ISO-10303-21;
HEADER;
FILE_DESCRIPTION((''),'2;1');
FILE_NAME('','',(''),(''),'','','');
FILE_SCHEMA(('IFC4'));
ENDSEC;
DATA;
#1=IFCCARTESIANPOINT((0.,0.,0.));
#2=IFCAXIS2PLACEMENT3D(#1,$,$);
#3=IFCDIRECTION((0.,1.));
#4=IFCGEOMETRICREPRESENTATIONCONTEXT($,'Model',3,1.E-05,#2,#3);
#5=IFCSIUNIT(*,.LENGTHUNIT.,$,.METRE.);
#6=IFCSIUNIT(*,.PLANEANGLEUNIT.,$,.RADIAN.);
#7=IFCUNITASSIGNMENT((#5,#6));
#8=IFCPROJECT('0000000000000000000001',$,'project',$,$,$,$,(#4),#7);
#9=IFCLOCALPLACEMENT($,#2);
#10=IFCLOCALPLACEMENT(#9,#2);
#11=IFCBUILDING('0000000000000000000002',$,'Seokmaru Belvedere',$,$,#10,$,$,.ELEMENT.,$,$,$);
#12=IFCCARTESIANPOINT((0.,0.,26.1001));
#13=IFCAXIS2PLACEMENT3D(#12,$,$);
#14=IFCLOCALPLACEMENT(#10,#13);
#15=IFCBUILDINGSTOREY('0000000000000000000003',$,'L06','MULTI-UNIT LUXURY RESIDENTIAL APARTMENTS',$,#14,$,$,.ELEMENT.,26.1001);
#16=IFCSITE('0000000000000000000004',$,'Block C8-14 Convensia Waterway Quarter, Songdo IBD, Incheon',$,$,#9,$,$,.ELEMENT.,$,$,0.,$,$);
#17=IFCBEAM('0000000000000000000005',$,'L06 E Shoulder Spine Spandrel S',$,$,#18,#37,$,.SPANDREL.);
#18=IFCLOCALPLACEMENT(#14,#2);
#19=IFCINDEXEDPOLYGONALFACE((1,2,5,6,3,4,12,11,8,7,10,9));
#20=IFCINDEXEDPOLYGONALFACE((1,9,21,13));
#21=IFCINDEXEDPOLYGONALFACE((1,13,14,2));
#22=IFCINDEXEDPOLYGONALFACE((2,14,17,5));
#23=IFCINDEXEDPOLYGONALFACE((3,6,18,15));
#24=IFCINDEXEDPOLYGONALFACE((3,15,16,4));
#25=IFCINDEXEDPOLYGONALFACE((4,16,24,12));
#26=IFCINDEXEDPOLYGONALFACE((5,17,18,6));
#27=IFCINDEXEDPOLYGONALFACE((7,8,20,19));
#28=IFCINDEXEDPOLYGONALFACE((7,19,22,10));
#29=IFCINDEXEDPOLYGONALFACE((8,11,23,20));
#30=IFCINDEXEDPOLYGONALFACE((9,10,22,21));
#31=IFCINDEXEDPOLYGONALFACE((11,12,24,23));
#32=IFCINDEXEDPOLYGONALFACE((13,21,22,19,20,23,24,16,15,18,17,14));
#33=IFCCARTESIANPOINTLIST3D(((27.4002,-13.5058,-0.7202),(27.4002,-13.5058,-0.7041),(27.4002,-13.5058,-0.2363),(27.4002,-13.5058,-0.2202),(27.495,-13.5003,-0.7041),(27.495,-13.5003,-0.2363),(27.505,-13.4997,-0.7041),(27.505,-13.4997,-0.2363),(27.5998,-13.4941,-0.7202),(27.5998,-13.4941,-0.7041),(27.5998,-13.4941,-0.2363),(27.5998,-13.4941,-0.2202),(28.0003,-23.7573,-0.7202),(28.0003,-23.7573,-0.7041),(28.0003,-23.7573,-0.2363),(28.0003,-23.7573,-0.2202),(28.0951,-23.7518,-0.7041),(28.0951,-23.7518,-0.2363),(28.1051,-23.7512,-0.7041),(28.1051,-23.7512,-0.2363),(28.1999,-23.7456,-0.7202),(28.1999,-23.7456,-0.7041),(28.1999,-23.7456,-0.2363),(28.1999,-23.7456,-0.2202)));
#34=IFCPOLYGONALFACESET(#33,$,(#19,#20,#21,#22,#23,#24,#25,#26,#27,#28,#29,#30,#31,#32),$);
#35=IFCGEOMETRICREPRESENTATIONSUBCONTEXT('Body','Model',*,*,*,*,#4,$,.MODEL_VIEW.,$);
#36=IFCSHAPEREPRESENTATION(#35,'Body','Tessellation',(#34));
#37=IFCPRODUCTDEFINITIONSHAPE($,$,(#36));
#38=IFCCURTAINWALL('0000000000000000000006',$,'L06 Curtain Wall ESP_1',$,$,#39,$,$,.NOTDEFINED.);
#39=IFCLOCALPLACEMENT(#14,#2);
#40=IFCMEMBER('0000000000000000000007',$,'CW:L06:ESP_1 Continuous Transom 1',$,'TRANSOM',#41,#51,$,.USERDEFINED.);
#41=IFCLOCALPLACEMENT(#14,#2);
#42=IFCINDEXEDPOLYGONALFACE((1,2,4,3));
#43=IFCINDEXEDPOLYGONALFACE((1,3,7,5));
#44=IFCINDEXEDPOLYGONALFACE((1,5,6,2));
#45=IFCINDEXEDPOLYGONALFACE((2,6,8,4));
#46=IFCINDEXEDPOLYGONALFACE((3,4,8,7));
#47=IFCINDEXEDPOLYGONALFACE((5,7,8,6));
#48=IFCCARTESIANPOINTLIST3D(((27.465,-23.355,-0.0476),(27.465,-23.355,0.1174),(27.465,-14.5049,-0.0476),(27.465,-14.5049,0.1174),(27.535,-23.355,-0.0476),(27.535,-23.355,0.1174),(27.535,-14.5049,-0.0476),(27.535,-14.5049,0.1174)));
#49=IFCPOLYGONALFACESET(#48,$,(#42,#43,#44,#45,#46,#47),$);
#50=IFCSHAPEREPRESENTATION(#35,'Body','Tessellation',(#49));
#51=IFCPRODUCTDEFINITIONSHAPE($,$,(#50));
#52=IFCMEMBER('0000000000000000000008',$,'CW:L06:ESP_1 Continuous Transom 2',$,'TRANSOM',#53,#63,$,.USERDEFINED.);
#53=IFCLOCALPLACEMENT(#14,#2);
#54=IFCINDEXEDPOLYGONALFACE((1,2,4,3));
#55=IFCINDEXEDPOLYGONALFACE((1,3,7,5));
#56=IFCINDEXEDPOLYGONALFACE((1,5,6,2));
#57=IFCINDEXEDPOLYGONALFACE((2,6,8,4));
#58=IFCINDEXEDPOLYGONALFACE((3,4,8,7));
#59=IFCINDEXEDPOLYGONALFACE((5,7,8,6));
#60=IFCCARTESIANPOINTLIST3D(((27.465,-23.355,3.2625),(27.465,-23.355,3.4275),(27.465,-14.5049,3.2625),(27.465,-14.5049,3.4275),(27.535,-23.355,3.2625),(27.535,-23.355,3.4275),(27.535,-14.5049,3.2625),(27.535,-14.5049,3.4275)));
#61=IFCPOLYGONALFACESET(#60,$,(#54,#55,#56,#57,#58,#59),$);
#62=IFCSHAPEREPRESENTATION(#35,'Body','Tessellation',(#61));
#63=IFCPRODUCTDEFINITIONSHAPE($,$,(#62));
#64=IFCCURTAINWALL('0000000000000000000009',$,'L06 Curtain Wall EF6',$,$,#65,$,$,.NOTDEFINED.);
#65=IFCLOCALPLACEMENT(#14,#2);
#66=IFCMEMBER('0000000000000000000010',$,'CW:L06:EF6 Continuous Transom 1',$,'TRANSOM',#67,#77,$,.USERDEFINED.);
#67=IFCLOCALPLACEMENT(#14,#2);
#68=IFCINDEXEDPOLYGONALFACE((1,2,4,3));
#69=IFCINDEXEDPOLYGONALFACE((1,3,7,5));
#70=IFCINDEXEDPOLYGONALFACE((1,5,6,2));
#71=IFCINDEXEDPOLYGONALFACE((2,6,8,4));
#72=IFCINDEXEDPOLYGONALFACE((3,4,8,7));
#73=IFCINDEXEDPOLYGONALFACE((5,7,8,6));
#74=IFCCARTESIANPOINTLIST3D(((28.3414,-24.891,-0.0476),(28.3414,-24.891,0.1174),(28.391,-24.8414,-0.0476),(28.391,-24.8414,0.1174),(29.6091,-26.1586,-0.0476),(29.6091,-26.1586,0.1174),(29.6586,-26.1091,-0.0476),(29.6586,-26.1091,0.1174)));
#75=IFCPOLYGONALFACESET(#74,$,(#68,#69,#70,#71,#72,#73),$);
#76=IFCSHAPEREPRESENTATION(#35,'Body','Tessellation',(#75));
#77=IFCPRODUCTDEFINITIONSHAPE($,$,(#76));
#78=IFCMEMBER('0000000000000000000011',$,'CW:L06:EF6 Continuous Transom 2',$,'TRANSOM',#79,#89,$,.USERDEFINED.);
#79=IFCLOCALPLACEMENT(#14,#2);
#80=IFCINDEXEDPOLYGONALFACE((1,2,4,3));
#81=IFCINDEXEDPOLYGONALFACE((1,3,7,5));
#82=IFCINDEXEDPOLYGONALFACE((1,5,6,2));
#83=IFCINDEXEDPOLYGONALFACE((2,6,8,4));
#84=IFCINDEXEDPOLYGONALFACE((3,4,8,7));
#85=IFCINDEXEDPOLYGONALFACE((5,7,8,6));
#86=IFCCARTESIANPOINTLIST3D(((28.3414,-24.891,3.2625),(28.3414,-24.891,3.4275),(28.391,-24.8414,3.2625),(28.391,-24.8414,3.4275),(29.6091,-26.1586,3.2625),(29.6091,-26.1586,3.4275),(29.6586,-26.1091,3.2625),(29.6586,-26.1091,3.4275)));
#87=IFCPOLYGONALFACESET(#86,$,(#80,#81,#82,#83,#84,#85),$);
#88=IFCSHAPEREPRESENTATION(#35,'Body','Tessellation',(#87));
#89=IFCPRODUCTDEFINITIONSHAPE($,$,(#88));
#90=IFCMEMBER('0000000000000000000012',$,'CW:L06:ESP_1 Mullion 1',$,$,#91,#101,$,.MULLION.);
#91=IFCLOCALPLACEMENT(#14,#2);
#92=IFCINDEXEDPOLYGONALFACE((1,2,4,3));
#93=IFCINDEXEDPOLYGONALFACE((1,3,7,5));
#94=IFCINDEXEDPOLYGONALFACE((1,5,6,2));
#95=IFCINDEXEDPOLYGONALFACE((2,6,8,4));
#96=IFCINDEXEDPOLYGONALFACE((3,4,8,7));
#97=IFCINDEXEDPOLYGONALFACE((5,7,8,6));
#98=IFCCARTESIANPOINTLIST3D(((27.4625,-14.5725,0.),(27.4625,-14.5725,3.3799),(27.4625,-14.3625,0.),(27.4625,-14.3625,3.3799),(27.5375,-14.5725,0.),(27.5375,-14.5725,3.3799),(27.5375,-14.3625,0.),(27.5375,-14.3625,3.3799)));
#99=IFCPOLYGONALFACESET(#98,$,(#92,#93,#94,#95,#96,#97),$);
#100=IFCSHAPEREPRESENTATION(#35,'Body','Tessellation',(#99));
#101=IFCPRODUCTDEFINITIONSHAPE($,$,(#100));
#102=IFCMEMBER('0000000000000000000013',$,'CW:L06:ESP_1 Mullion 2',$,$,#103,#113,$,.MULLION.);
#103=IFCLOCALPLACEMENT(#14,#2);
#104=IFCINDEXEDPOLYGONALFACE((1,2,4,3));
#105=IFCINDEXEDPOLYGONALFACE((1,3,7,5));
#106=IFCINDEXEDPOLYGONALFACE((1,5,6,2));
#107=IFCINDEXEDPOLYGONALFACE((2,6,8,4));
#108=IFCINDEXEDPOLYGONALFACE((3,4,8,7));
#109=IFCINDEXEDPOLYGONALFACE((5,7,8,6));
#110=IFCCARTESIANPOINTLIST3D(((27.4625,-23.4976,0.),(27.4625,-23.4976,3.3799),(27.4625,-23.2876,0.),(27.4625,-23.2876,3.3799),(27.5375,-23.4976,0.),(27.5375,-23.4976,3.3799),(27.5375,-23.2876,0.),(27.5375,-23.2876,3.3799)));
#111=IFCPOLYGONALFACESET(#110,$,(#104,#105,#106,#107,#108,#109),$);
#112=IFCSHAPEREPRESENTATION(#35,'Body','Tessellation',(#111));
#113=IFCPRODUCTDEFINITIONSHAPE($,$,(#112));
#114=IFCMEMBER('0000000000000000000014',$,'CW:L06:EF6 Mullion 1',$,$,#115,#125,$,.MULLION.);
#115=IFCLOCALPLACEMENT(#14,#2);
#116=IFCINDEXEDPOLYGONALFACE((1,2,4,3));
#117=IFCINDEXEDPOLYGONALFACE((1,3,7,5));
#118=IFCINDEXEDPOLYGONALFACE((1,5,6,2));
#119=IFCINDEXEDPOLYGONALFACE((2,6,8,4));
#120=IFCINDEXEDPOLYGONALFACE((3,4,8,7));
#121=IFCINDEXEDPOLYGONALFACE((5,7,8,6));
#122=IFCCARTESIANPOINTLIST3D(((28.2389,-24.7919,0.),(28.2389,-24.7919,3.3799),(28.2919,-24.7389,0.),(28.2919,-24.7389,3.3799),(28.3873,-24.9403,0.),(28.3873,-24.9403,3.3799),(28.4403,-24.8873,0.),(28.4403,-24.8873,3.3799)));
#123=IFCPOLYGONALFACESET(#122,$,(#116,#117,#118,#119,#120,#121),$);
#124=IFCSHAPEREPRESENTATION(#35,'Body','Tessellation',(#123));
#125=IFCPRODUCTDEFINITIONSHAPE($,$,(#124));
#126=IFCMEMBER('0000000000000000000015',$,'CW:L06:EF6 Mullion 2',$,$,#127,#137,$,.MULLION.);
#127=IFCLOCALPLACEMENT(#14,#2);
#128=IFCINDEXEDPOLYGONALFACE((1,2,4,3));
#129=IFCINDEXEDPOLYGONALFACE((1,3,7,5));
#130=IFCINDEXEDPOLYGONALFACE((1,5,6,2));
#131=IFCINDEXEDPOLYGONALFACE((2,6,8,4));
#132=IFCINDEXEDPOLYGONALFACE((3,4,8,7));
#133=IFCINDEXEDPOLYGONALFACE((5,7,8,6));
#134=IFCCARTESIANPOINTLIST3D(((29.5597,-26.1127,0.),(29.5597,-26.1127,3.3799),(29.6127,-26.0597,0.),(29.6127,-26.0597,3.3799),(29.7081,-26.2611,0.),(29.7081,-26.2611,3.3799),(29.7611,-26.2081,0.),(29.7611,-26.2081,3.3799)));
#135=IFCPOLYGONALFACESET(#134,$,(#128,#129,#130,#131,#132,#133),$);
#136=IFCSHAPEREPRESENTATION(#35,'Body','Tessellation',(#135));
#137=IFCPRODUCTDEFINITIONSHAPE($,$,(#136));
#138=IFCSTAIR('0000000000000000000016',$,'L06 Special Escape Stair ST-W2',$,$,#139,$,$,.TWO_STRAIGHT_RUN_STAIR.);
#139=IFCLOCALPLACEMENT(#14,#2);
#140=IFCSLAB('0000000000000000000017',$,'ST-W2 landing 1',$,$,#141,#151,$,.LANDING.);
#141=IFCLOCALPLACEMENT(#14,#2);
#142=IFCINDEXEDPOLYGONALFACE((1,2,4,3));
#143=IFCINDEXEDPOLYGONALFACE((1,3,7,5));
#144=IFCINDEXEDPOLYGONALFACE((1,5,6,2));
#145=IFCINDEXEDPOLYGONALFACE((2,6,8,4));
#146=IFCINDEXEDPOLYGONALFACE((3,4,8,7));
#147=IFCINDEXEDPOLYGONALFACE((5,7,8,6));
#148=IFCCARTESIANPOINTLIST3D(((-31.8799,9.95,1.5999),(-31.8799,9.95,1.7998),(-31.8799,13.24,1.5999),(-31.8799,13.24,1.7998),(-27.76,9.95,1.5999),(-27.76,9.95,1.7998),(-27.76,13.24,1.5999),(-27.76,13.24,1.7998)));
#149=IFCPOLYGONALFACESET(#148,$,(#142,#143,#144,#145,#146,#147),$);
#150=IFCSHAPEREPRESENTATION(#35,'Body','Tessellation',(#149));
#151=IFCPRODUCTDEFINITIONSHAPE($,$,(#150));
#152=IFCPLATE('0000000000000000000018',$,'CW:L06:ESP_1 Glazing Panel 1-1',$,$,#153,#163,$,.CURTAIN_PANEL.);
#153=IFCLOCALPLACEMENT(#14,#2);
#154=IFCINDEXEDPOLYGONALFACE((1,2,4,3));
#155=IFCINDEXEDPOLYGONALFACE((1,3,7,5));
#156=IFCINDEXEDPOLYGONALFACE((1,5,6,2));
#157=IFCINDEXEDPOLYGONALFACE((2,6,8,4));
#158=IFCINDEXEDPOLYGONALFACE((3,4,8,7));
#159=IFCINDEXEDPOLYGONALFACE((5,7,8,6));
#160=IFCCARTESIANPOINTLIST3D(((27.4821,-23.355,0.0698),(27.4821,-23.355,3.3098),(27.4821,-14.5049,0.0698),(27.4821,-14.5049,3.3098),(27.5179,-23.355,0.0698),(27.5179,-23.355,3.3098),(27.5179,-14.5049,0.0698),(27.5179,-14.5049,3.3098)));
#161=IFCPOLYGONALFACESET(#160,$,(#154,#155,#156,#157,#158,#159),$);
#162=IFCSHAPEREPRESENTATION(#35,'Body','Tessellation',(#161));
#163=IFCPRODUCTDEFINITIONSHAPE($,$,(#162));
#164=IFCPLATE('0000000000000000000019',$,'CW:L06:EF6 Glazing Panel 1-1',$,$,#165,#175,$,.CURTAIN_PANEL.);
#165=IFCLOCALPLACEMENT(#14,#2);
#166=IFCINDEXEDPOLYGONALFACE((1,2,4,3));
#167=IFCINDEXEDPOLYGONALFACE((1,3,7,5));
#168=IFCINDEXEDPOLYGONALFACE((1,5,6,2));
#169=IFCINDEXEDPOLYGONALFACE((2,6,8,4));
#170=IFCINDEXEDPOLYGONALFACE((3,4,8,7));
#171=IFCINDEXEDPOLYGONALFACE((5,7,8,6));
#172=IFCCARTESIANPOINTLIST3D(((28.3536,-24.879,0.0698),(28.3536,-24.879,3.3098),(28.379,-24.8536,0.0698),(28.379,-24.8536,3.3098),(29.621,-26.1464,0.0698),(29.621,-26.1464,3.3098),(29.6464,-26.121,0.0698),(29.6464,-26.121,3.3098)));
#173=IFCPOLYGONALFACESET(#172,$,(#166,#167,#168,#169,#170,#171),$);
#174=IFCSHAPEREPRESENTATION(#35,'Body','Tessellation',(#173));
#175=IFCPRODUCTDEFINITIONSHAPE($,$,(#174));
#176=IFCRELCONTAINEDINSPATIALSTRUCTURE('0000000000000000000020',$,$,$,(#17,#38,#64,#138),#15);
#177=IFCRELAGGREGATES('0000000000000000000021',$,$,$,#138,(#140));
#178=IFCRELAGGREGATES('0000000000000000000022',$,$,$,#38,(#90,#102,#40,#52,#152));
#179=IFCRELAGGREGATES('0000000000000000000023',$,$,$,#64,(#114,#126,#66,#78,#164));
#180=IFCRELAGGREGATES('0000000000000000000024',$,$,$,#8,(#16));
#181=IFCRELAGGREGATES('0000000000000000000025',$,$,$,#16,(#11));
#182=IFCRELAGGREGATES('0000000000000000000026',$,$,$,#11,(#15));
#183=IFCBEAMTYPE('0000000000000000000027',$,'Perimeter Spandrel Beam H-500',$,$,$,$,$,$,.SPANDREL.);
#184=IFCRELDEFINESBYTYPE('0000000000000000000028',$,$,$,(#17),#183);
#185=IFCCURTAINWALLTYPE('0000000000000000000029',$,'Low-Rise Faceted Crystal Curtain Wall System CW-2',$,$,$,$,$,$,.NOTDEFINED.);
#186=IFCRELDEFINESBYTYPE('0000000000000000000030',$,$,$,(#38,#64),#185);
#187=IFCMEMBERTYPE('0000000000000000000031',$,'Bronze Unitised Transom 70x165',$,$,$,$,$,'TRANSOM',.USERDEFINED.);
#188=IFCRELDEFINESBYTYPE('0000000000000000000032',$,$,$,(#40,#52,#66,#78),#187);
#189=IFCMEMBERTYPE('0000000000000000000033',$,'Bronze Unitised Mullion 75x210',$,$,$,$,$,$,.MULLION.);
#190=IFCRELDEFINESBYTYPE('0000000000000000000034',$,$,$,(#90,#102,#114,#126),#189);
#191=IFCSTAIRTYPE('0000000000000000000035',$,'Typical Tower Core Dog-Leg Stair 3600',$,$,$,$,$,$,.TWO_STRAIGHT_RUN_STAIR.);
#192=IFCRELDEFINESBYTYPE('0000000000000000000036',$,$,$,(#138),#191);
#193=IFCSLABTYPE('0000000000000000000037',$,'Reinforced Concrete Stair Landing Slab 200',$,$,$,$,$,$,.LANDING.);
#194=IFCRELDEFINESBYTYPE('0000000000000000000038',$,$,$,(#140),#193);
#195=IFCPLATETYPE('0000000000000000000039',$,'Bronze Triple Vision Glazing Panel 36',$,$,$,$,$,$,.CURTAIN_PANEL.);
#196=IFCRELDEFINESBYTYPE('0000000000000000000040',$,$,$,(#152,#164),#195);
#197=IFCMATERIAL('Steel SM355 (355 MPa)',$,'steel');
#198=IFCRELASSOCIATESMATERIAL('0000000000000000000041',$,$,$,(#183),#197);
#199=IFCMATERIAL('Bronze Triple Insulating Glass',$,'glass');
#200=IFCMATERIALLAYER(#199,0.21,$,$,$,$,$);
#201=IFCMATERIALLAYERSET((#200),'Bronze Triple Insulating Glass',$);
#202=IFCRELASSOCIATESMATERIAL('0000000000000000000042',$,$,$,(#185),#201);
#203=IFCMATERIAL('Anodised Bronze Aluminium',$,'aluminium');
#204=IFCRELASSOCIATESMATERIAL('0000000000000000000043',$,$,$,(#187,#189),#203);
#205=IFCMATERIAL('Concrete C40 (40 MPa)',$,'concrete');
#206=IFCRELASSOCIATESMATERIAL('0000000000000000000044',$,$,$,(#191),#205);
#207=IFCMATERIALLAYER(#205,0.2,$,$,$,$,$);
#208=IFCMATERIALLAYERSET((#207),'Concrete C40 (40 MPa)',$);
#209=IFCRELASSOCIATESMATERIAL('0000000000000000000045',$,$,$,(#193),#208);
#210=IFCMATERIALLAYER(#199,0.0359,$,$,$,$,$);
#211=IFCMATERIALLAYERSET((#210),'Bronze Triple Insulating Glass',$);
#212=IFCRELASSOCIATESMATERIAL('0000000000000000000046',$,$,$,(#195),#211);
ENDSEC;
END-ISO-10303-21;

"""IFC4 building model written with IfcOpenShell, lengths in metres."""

from ifc_helpers import new_model, si_unit, direction, frame, origin, origin_2d, place, context, subcontext, project, spatial, polyline, rectangle, i_section, outline, extrude, source, transform, mapped, material, layer, layer_set, material_profile, profile_set, type_object, type_shapes, element, aggregate, save


model = new_model("IFC4")

# Units and contexts
model_context = context("Model", 3, precision=1e-05, world=origin(), true_north=direction((0.0, 1.0)))
body_context = subcontext(model_context, "Body", "Model", "MODEL_VIEW")
ifc_project = project(units=[si_unit("LENGTHUNIT", "METRE"), si_unit("PLANEANGLEUNIT", "RADIAN")], contexts=[model_context])

# Site, building, storey
site_placement = place(None, origin())
site = spatial("IfcSite", under=ifc_project, at=site_placement, Name="Block C8-14 Convensia Waterway Quarter, Songdo IBD, Incheon", CompositionType="ELEMENT", RefElevation=0.0)
building_placement = place(site_placement, origin())
building = spatial("IfcBuilding", under=site, at=building_placement, Name="Seokmaru Belvedere", CompositionType="ELEMENT")
storey_placement = place(building_placement, frame((0.0, 0.0, 26.1001)))
storey = spatial("IfcBuildingStorey", under=building, at=storey_placement, Name="L06", Description="MULTI-UNIT LUXURY RESIDENTIAL APARTMENTS", CompositionType="ELEMENT", Elevation=26.1001)

# Shared definitions
ifc_material_1 = material(Name="Steel SM355 (355 MPa)", Category="steel")

# Beam
ifc_material_profile_1 = material_profile(ifc_material_1, i_section(OverallWidth=0.2, OverallDepth=0.5, WebThickness=0.01, FlangeThickness=0.0161, at=origin_2d()), Name="H-500x200x10x16")
ifc_profile_set_1 = profile_set([ifc_material_profile_1], Name="Steel SM355 (355 MPa)")
beam_type_1 = type_object("IfcBeamType", Name="Perimeter Spandrel Beam H-500", PredefinedType="SPANDREL", material=ifc_profile_set_1)
shared_shape_1 = source(origin(), body_context, "Body", "SweptSolid", [
    extrude(i_section(OverallWidth=0.2, OverallDepth=0.5, WebThickness=0.01, FlangeThickness=0.0161, at=origin_2d()), origin(), (0.0, 0.0, 1.0), 10.269),
])
beam_1_placement = place(storey_placement, frame((28.1001, -23.7515, -0.4702), z_axis=(-0.058438, 0.998291, 0.0), x_axis=(-0.998291, -0.058438, 0.0)))
element("IfcBeam", 1, at=beam_1_placement, inside=storey, type_object=beam_type_1, Name="L06 E Shoulder Spine Spandrel S", PredefinedType="SPANDREL", context=body_context, shape_type="MappedRepresentation", body=[
    mapped(shared_shape_1, transform((0.0, 0.0, 0.0), scale=1.0)),
])

# Curtain walls, members
ifc_material_2 = material(Name="Bronze Triple Insulating Glass", Category="glass")
ifc_layer_1 = layer(ifc_material_2, 0.21)
ifc_layer_set_1 = layer_set([ifc_layer_1], Name="Bronze Triple Insulating Glass")
curtain_wall_type = type_object("IfcCurtainWallType", Name="Low-Rise Faceted Crystal Curtain Wall System CW-2", PredefinedType="NOTDEFINED", material=ifc_layer_set_1)
curtain_wall_1_placement = place(storey_placement, origin())
curtain_wall_1 = element("IfcCurtainWall", 2, at=curtain_wall_1_placement, inside=storey, type_object=curtain_wall_type, Name="L06 Curtain Wall ESP_1", PredefinedType="NOTDEFINED")
ifc_material_3 = material(Name="Anodised Bronze Aluminium", Category="aluminium")
ifc_material_profile_2 = material_profile(ifc_material_3, rectangle(XDim=0.0701, YDim=0.165, at=origin_2d()), Name="CW-T-70x165")
ifc_profile_set_2 = profile_set([ifc_material_profile_2], Name="Anodised Bronze Aluminium")
member_type_1 = type_object("IfcMemberType", Name="Bronze Unitised Transom 70x165", ElementType="TRANSOM", PredefinedType="USERDEFINED", material=ifc_profile_set_2)
shared_shape_2 = source(origin(), body_context, "Body", "SweptSolid", [
    extrude(rectangle(XDim=0.0701, YDim=0.165, at=origin_2d()), origin(), (0.0, 0.0, 1.0), 8.8501),
])
member_1_placement = place(storey_placement, frame((27.5, -14.5049, 0.0349), z_axis=(0.0, -1.0, 0.0), x_axis=(1.0, 0.0, 0.0)))
member_1 = element("IfcMember", 3, at=member_1_placement, type_object=member_type_1, Name="CW:L06:ESP_1 Continuous Transom 1", ObjectType="TRANSOM", PredefinedType="USERDEFINED", context=body_context, shape_type="MappedRepresentation", body=[
    mapped(shared_shape_2, transform((0.0, 0.0, 0.0), scale=1.0)),
])
member_2_placement = place(storey_placement, frame((27.5, -14.5049, 3.345), z_axis=(0.0, -1.0, 0.0), x_axis=(1.0, 0.0, 0.0)))
member_2 = element("IfcMember", 4, at=member_2_placement, type_object=member_type_1, Name="CW:L06:ESP_1 Continuous Transom 2", ObjectType="TRANSOM", PredefinedType="USERDEFINED", context=body_context, shape_type="MappedRepresentation", body=[
    mapped(shared_shape_2, transform((0.0, 0.0, 0.0), scale=1.0)),
])
curtain_wall_2_placement = place(storey_placement, origin())
curtain_wall_2 = element("IfcCurtainWall", 5, at=curtain_wall_2_placement, inside=storey, type_object=curtain_wall_type, Name="L06 Curtain Wall EF6", PredefinedType="NOTDEFINED")
shared_shape_3 = source(origin(), body_context, "Body", "SweptSolid", [
    extrude(rectangle(XDim=0.0701, YDim=0.165, at=origin_2d()), origin(), (0.0, 0.0, 1.0), 1.7927),
])
type_shapes(member_type_1, [shared_shape_2, shared_shape_3])
member_3_placement = place(storey_placement, frame((28.3662, -24.8662, 0.0349), z_axis=(0.707107, -0.707107, 0.0), x_axis=(0.707107, 0.707107, 0.0)))
member_3 = element("IfcMember", 6, at=member_3_placement, type_object=member_type_1, Name="CW:L06:EF6 Continuous Transom 1", ObjectType="TRANSOM", PredefinedType="USERDEFINED", context=body_context, shape_type="MappedRepresentation", body=[
    mapped(shared_shape_3, transform((0.0, 0.0, 0.0), scale=1.0)),
])
member_4_placement = place(storey_placement, frame((28.3662, -24.8662, 3.345), z_axis=(0.707107, -0.707107, 0.0), x_axis=(0.707107, 0.707107, 0.0)))
member_4 = element("IfcMember", 7, at=member_4_placement, type_object=member_type_1, Name="CW:L06:EF6 Continuous Transom 2", ObjectType="TRANSOM", PredefinedType="USERDEFINED", context=body_context, shape_type="MappedRepresentation", body=[
    mapped(shared_shape_3, transform((0.0, 0.0, 0.0), scale=1.0)),
])

# Members
ifc_material_profile_3 = material_profile(ifc_material_3, rectangle(XDim=0.075, YDim=0.21, at=origin_2d()), Name="CW-M-75x210")
ifc_profile_set_3 = profile_set([ifc_material_profile_3], Name="Anodised Bronze Aluminium")
member_type_2 = type_object("IfcMemberType", Name="Bronze Unitised Mullion 75x210", PredefinedType="MULLION", material=ifc_profile_set_3)
shared_shape_4 = source(origin(), body_context, "Body", "SweptSolid", [
    extrude(rectangle(XDim=0.075, YDim=0.21, at=origin_2d()), origin(), (0.0, 0.0, 1.0), 3.3799),
])
type_shapes(member_type_2, [shared_shape_4])
member_5_placement = place(storey_placement, frame((27.5, -14.4675, 0.0), z_axis=(0.0, 0.0, 1.0), x_axis=(1.0, 0.0, 0.0)))
member_5 = element("IfcMember", 8, at=member_5_placement, type_object=member_type_2, Name="CW:L06:ESP_1 Mullion 1", PredefinedType="MULLION", context=body_context, shape_type="MappedRepresentation", body=[
    mapped(shared_shape_4, transform((0.0, 0.0, 0.0), scale=1.0)),
])
member_6_placement = place(storey_placement, frame((27.5, -23.3926, 0.0), z_axis=(0.0, 0.0, 1.0), x_axis=(1.0, 0.0, 0.0)))
member_6 = element("IfcMember", 9, at=member_6_placement, type_object=member_type_2, Name="CW:L06:ESP_1 Mullion 2", PredefinedType="MULLION", context=body_context, shape_type="MappedRepresentation", body=[
    mapped(shared_shape_4, transform((0.0, 0.0, 0.0), scale=1.0)),
])
member_7_placement = place(storey_placement, frame((28.3396, -24.8396, 0.0), z_axis=(0.0, 0.0, 1.0), x_axis=(0.707107, 0.707107, 0.0)))
member_7 = element("IfcMember", 10, at=member_7_placement, type_object=member_type_2, Name="CW:L06:EF6 Mullion 1", PredefinedType="MULLION", context=body_context, shape_type="MappedRepresentation", body=[
    mapped(shared_shape_4, transform((0.0, 0.0, 0.0), scale=1.0)),
])
member_8_placement = place(storey_placement, frame((29.6604, -26.1604, 0.0), z_axis=(0.0, 0.0, 1.0), x_axis=(0.707107, 0.707107, 0.0)))
member_8 = element("IfcMember", 11, at=member_8_placement, type_object=member_type_2, Name="CW:L06:EF6 Mullion 2", PredefinedType="MULLION", context=body_context, shape_type="MappedRepresentation", body=[
    mapped(shared_shape_4, transform((0.0, 0.0, 0.0), scale=1.0)),
])

# Stair, slab
ifc_material_4 = material(Name="Concrete C40 (40 MPa)", Category="concrete")
stair_type = type_object("IfcStairType", Name="Typical Tower Core Dog-Leg Stair 3600", PredefinedType="TWO_STRAIGHT_RUN_STAIR", material=ifc_material_4)
stair_placement = place(storey_placement, origin())
stair = element("IfcStair", 12, at=stair_placement, inside=storey, type_object=stair_type, Name="L06 Special Escape Stair ST-W2", PredefinedType="TWO_STRAIGHT_RUN_STAIR")
ifc_layer_2 = layer(ifc_material_4, 0.2)
ifc_layer_set_2 = layer_set([ifc_layer_2], Name="Concrete C40 (40 MPa)")
slab_type = type_object("IfcSlabType", Name="Reinforced Concrete Stair Landing Slab 200", PredefinedType="LANDING", material=ifc_layer_set_2)
slab_placement = place(storey_placement, frame((0.0, 0.0, 1.5999)))
slab = element("IfcSlab", 13, at=slab_placement, type_object=slab_type, Name="ST-W2 landing 1", PredefinedType="LANDING", context=body_context, shape_type="SweptSolid", body=[
    extrude(outline(polyline([(-31.8799, 9.95), (-27.76, 9.95), (-27.76, 13.24), (-31.8799, 13.24), (-31.8799, 9.95)])), origin(), (0.0, 0.0, 1.0), 0.2),
])
aggregate(stair, [slab])

# Plates
ifc_layer_3 = layer(ifc_material_2, 0.0359)
ifc_layer_set_3 = layer_set([ifc_layer_3], Name="Bronze Triple Insulating Glass")
plate_type = type_object("IfcPlateType", Name="Bronze Triple Vision Glazing Panel 36", PredefinedType="CURTAIN_PANEL", material=ifc_layer_set_3)
shared_shape_5 = source(origin(), body_context, "Body", "SweptSolid", [
    extrude(rectangle(XDim=8.8501, YDim=0.0359, at=origin_2d()), origin(), (0.0, 0.0, 1.0), 3.24),
])
plate_1_placement = place(storey_placement, frame((27.5, -18.9299, 0.0698), z_axis=(0.0, 0.0, 1.0), x_axis=(0.0, -1.0, 0.0)))
plate_1 = element("IfcPlate", 14, at=plate_1_placement, type_object=plate_type, Name="CW:L06:ESP_1 Glazing Panel 1-1", PredefinedType="CURTAIN_PANEL", context=body_context, shape_type="MappedRepresentation", body=[
    mapped(shared_shape_5, transform((0.0, 0.0, 0.0), scale=1.0)),
])
aggregate(curtain_wall_1, [member_5, member_6, member_1, member_2, plate_1])
shared_shape_6 = source(origin(), body_context, "Body", "SweptSolid", [
    extrude(rectangle(XDim=1.7925, YDim=0.0359, at=origin_2d()), origin(), (0.0, 0.0, 1.0), 3.24),
])
type_shapes(plate_type, [shared_shape_5, shared_shape_6])
plate_2_placement = place(storey_placement, frame((29.0, -25.5, 0.0698), z_axis=(0.0, 0.0, 1.0), x_axis=(0.707107, -0.707107, 0.0)))
plate_2 = element("IfcPlate", 15, at=plate_2_placement, type_object=plate_type, Name="CW:L06:EF6 Glazing Panel 1-1", PredefinedType="CURTAIN_PANEL", context=body_context, shape_type="MappedRepresentation", body=[
    mapped(shared_shape_6, transform((0.0, 0.0, 0.0), scale=1.0)),
])
aggregate(curtain_wall_2, [member_7, member_8, member_3, member_4, plate_2])

save(model, "model.ifc")
